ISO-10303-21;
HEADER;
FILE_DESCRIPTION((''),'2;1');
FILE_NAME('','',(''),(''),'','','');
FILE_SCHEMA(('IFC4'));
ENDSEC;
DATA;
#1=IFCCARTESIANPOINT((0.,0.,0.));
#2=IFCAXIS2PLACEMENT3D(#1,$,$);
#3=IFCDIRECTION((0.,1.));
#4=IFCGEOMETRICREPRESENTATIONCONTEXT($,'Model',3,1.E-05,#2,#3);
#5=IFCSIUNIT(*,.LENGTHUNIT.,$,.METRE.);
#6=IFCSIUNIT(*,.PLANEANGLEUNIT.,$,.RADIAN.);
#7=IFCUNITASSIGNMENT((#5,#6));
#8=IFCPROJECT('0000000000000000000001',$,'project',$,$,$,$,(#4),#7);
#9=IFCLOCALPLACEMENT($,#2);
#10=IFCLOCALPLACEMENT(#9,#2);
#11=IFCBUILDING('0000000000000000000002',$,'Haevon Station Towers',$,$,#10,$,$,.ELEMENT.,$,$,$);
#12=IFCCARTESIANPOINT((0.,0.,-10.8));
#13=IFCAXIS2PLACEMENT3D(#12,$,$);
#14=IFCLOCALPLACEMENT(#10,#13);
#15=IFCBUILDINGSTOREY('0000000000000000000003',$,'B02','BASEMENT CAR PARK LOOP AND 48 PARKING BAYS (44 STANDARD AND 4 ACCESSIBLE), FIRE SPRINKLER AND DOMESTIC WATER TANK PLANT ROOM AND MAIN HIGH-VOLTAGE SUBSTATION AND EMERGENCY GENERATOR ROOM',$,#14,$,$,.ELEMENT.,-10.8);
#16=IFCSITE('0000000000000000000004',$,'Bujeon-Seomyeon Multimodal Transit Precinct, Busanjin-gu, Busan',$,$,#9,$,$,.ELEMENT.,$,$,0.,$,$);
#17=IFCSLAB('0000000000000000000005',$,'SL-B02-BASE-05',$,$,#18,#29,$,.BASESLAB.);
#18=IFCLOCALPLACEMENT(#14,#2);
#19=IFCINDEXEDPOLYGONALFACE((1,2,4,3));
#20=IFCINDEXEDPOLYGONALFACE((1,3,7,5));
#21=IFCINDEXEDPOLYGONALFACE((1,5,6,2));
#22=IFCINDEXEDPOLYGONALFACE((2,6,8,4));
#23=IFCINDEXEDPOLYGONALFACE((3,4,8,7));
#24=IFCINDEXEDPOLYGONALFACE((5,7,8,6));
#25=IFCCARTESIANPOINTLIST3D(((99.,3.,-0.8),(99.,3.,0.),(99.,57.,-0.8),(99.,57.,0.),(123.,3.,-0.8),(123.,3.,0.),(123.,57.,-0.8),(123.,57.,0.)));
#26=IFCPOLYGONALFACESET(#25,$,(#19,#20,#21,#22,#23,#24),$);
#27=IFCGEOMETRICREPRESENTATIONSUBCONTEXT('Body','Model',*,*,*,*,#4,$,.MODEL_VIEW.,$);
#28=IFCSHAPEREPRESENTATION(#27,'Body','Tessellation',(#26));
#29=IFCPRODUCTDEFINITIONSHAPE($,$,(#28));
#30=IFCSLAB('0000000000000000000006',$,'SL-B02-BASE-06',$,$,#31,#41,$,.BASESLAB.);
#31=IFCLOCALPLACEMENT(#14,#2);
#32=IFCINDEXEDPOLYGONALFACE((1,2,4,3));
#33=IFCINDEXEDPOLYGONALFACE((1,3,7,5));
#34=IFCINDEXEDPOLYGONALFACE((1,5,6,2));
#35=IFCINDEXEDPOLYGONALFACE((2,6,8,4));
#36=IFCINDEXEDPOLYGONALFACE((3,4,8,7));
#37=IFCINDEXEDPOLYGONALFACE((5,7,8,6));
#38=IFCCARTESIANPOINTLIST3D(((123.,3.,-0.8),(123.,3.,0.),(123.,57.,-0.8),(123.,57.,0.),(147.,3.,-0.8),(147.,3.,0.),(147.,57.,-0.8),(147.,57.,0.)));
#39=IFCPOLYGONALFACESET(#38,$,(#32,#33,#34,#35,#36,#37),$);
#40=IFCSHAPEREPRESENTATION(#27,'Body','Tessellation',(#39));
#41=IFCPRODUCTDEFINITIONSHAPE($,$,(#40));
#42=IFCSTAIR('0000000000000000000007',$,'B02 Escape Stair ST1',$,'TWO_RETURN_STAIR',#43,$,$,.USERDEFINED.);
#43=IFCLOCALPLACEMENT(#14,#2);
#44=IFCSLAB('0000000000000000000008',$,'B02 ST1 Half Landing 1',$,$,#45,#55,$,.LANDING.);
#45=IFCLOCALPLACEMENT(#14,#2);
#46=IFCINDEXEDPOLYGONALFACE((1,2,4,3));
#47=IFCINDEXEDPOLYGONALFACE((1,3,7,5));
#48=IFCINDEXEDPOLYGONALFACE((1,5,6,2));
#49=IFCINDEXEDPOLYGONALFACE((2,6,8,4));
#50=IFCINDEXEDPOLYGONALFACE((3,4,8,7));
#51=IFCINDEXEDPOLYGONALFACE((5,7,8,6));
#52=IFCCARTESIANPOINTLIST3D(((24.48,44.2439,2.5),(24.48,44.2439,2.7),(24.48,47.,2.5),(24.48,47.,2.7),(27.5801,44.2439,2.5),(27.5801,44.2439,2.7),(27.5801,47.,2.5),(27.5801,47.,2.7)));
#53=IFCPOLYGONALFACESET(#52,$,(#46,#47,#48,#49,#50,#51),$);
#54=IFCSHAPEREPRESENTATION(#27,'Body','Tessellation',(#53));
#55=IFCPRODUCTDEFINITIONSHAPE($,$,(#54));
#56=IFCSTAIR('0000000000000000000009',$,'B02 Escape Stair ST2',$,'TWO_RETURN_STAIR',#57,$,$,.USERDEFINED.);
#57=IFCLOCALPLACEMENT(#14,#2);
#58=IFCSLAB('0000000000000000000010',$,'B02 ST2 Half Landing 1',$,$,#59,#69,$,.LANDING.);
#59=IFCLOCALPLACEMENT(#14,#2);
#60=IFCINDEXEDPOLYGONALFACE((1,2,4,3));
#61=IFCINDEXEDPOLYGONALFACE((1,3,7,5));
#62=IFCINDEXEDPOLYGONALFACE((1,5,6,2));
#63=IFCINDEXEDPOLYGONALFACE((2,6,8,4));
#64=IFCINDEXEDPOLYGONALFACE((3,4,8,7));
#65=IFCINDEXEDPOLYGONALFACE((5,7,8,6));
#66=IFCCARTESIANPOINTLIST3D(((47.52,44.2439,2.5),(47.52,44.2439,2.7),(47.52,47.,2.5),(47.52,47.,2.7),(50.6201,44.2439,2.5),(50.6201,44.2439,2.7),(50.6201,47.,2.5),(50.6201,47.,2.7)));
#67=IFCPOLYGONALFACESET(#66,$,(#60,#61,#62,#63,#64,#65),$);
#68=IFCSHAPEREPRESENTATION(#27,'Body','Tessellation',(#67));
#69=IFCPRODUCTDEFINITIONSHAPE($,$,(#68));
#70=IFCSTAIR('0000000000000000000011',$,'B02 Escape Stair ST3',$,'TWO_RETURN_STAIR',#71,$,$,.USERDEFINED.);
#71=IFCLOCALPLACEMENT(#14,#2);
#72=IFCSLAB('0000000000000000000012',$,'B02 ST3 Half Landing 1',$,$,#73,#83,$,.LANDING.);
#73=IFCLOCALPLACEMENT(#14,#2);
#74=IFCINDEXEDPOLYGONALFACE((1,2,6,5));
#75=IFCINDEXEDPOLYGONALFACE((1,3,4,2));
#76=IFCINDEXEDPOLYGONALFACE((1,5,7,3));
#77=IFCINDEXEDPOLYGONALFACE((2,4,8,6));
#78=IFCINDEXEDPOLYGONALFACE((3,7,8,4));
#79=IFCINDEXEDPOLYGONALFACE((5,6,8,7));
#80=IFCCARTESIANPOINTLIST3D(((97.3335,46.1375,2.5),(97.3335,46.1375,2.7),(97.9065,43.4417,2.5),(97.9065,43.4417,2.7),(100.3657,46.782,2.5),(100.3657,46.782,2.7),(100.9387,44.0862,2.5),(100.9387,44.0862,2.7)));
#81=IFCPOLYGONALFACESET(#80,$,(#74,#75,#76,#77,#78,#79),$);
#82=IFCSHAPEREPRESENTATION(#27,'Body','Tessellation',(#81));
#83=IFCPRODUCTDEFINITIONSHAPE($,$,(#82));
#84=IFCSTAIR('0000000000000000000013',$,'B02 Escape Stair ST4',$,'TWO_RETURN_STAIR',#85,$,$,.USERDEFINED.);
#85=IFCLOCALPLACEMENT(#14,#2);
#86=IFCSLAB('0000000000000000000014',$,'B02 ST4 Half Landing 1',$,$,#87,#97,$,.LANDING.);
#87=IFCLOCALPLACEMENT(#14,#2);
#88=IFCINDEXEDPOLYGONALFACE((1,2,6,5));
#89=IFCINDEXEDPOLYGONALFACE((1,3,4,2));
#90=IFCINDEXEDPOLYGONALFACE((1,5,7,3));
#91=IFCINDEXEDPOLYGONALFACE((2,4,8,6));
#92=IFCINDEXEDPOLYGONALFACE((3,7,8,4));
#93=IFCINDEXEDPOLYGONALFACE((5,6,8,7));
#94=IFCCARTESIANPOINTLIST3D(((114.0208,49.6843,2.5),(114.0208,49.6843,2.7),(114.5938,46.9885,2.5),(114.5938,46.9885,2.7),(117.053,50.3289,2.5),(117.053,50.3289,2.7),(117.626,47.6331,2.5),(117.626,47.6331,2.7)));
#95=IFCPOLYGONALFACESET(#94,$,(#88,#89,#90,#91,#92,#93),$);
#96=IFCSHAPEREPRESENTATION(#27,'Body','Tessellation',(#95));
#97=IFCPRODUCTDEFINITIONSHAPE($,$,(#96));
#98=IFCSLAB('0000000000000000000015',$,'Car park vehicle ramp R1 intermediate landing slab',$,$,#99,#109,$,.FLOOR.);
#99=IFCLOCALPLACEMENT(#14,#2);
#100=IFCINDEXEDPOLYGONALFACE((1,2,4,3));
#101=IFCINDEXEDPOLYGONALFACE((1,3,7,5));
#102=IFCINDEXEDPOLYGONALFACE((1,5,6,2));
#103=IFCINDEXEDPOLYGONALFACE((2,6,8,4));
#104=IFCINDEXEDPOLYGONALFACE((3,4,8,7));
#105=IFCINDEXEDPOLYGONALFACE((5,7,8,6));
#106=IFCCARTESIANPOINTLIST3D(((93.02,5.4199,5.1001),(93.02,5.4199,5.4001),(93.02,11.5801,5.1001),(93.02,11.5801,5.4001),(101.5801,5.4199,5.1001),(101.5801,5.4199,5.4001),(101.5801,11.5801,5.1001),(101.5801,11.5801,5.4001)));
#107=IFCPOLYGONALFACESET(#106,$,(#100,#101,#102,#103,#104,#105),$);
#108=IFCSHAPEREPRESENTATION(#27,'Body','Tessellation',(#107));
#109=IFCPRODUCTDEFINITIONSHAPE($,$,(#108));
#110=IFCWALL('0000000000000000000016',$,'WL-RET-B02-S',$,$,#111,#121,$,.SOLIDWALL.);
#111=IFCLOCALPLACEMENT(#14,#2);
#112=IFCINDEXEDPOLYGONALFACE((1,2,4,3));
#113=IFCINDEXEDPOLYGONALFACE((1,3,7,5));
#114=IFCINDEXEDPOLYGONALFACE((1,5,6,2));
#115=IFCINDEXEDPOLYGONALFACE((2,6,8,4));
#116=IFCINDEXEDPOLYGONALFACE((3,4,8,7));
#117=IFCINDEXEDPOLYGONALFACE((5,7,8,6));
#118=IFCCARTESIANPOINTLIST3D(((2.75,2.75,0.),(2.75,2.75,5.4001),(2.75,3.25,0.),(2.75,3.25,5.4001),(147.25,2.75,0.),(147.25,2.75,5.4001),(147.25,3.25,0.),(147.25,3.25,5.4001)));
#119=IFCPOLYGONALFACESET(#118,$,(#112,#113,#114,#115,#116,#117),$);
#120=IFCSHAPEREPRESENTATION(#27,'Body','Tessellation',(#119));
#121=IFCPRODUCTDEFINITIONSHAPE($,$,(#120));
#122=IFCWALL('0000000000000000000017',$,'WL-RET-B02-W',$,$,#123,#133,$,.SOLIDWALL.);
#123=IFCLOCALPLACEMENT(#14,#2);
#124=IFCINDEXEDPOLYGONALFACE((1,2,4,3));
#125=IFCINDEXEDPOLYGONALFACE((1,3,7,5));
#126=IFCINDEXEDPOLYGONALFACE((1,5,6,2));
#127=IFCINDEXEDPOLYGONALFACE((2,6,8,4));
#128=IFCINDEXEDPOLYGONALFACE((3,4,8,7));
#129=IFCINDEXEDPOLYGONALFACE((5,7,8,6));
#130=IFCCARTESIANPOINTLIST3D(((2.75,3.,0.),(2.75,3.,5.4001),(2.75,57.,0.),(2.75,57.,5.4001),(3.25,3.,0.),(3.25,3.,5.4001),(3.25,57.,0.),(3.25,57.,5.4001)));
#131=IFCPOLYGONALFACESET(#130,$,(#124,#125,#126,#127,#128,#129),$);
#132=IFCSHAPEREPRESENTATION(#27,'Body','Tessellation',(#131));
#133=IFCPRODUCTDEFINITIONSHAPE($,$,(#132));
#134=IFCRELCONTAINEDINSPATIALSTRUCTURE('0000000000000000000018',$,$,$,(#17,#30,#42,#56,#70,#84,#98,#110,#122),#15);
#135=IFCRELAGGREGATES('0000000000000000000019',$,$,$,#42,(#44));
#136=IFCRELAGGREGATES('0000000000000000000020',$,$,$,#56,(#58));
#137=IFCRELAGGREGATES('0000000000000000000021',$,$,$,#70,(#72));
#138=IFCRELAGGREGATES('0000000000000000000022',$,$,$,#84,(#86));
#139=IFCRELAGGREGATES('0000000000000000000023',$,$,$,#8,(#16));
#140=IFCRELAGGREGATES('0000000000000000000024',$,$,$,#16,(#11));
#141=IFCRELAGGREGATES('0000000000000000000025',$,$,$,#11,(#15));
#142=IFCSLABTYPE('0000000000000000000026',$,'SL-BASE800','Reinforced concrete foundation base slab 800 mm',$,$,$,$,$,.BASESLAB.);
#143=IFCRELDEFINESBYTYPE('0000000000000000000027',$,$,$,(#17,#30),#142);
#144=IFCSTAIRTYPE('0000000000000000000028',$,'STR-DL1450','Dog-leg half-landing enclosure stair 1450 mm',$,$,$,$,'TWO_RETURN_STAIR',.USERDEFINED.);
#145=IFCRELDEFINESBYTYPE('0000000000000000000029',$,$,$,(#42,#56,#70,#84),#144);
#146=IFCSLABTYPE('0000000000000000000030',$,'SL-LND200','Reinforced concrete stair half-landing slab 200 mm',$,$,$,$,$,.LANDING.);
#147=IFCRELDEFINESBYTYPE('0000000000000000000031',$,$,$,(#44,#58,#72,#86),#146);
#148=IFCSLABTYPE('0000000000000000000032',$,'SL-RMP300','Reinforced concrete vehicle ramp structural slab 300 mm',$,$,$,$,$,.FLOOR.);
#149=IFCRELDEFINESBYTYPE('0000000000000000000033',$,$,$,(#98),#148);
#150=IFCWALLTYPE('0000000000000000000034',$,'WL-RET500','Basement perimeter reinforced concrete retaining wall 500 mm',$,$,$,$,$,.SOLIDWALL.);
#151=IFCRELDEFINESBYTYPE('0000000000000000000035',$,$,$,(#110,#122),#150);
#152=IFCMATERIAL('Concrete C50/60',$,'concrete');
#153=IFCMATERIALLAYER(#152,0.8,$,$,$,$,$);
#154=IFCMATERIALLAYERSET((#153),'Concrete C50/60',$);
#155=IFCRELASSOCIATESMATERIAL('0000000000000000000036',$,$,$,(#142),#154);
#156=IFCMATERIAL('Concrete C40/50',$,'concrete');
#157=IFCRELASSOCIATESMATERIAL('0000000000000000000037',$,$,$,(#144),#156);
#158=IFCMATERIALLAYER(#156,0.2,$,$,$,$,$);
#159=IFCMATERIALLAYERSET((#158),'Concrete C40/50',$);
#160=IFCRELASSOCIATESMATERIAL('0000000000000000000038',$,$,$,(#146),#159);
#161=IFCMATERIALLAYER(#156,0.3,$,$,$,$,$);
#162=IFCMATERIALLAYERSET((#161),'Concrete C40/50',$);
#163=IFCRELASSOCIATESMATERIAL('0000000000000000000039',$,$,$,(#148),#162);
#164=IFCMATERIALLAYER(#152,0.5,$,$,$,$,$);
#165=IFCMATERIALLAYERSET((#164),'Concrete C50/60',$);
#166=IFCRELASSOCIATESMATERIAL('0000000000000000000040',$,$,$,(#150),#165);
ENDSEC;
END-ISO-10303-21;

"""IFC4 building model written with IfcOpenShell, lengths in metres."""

from ifc_helpers import new_model, si_unit, direction, frame, frame_2d, origin, place, context, subcontext, project, spatial, polyline, rectangle, outline, extrude, material, layer, layer_set, type_object, element, aggregate, save


model = new_model("IFC4")

# Units and contexts
model_context = context("Model", 3, precision=1e-05, world=origin(), true_north=direction((0.0, 1.0)))
body_context = subcontext(model_context, "Body", "Model", "MODEL_VIEW")
ifc_project = project(units=[si_unit("LENGTHUNIT", "METRE"), si_unit("PLANEANGLEUNIT", "RADIAN")], contexts=[model_context])

# Site, building, storey
site_placement = place(None, origin())
site = spatial("IfcSite", under=ifc_project, at=site_placement, Name="Bujeon-Seomyeon Multimodal Transit Precinct, Busanjin-gu, Busan", CompositionType="ELEMENT", RefElevation=0.0)
building_placement = place(site_placement, origin())
building = spatial("IfcBuilding", under=site, at=building_placement, Name="Haevon Station Towers", CompositionType="ELEMENT")
storey_placement = place(building_placement, frame((0.0, 0.0, -10.8)))
storey = spatial("IfcBuildingStorey", under=building, at=storey_placement, Name="B02", Description="BASEMENT CAR PARK LOOP AND 48 PARKING BAYS (44 STANDARD AND 4 ACCESSIBLE), FIRE SPRINKLER AND DOMESTIC WATER TANK PLANT ROOM AND MAIN HIGH-VOLTAGE SUBSTATION AND EMERGENCY GENERATOR ROOM", CompositionType="ELEMENT", Elevation=-10.8)

# Shared definitions
ifc_material_1 = material(Name="Concrete C50/60", Category="concrete")

# Slabs
ifc_layer_1 = layer(ifc_material_1, 0.8)
ifc_layer_set_1 = layer_set([ifc_layer_1], Name="Concrete C50/60")
slab_type_1 = type_object("IfcSlabType", Name="SL-BASE800", Description="Reinforced concrete foundation base slab 800 mm", PredefinedType="BASESLAB", material=ifc_layer_set_1)
slab_1_placement = place(storey_placement, frame((0.0, 0.0, -0.8)))
element("IfcSlab", 1, at=slab_1_placement, inside=storey, type_object=slab_type_1, Name="SL-B02-BASE-05", PredefinedType="BASESLAB", context=body_context, shape_type="SweptSolid", body=[
    extrude(outline(polyline([(99.0, 3.0), (123.0, 3.0), (123.0, 57.0), (99.0, 57.0), (99.0, 3.0)])), origin(), (0.0, 0.0, 1.0), 0.8),
])
slab_2_placement = place(storey_placement, frame((0.0, 0.0, -0.8)))
element("IfcSlab", 2, at=slab_2_placement, inside=storey, type_object=slab_type_1, Name="SL-B02-BASE-06", PredefinedType="BASESLAB", context=body_context, shape_type="SweptSolid", body=[
    extrude(outline(polyline([(123.0, 3.0), (147.0, 3.0), (147.0, 57.0), (123.0, 57.0), (123.0, 3.0)])), origin(), (0.0, 0.0, 1.0), 0.8),
])

# Stairs, slabs
ifc_material_2 = material(Name="Concrete C40/50", Category="concrete")
stair_type = type_object("IfcStairType", Name="STR-DL1450", Description="Dog-leg half-landing enclosure stair 1450 mm", ElementType="TWO_RETURN_STAIR", PredefinedType="USERDEFINED", material=ifc_material_2)
stair_1_placement = place(storey_placement, origin())
stair_1 = element("IfcStair", 3, at=stair_1_placement, inside=storey, type_object=stair_type, Name="B02 Escape Stair ST1", ObjectType="TWO_RETURN_STAIR", PredefinedType="USERDEFINED")
ifc_layer_2 = layer(ifc_material_2, 0.2)
ifc_layer_set_2 = layer_set([ifc_layer_2], Name="Concrete C40/50")
slab_type_2 = type_object("IfcSlabType", Name="SL-LND200", Description="Reinforced concrete stair half-landing slab 200 mm", PredefinedType="LANDING", material=ifc_layer_set_2)
slab_3_placement = place(storey_placement, frame((0.0, 0.0, 2.5)))
slab_3 = element("IfcSlab", 4, at=slab_3_placement, type_object=slab_type_2, Name="B02 ST1 Half Landing 1", PredefinedType="LANDING", context=body_context, shape_type="SweptSolid", body=[
    extrude(outline(polyline([(27.5801, 44.2439), (27.5801, 47.0), (24.48, 47.0), (24.48, 44.2439), (27.5801, 44.2439)])), origin(), (0.0, 0.0, 1.0), 0.2),
])
aggregate(stair_1, [slab_3])
stair_2_placement = place(storey_placement, origin())
stair_2 = element("IfcStair", 5, at=stair_2_placement, inside=storey, type_object=stair_type, Name="B02 Escape Stair ST2", ObjectType="TWO_RETURN_STAIR", PredefinedType="USERDEFINED")
slab_4_placement = place(storey_placement, frame((0.0, 0.0, 2.5)))
slab_4 = element("IfcSlab", 6, at=slab_4_placement, type_object=slab_type_2, Name="B02 ST2 Half Landing 1", PredefinedType="LANDING", context=body_context, shape_type="SweptSolid", body=[
    extrude(outline(polyline([(50.6201, 44.2439), (50.6201, 47.0), (47.52, 47.0), (47.52, 44.2439), (50.6201, 44.2439)])), origin(), (0.0, 0.0, 1.0), 0.2),
])
aggregate(stair_2, [slab_4])
stair_3_placement = place(storey_placement, origin())
stair_3 = element("IfcStair", 7, at=stair_3_placement, inside=storey, type_object=stair_type, Name="B02 Escape Stair ST3", ObjectType="TWO_RETURN_STAIR", PredefinedType="USERDEFINED")
slab_5_placement = place(storey_placement, frame((0.0, 0.0, 2.5)))
slab_5 = element("IfcSlab", 8, at=slab_5_placement, type_object=slab_type_2, Name="B02 ST3 Half Landing 1", PredefinedType="LANDING", context=body_context, shape_type="SweptSolid", body=[
    extrude(outline(polyline([(100.9387, 44.0862), (100.3657, 46.782), (97.3335, 46.1375), (97.9065, 43.4417), (100.9387, 44.0862)])), origin(), (0.0, 0.0, 1.0), 0.2),
])
aggregate(stair_3, [slab_5])
stair_4_placement = place(storey_placement, origin())
stair_4 = element("IfcStair", 9, at=stair_4_placement, inside=storey, type_object=stair_type, Name="B02 Escape Stair ST4", ObjectType="TWO_RETURN_STAIR", PredefinedType="USERDEFINED")
slab_6_placement = place(storey_placement, frame((0.0, 0.0, 2.5)))
slab_6 = element("IfcSlab", 10, at=slab_6_placement, type_object=slab_type_2, Name="B02 ST4 Half Landing 1", PredefinedType="LANDING", context=body_context, shape_type="SweptSolid", body=[
    extrude(outline(polyline([(117.626, 47.6331), (117.053, 50.3289), (114.0208, 49.6843), (114.5938, 46.9885), (117.626, 47.6331)])), origin(), (0.0, 0.0, 1.0), 0.2),
])
aggregate(stair_4, [slab_6])

# Slab
ifc_layer_3 = layer(ifc_material_2, 0.3)
ifc_layer_set_3 = layer_set([ifc_layer_3], Name="Concrete C40/50")
slab_type_3 = type_object("IfcSlabType", Name="SL-RMP300", Description="Reinforced concrete vehicle ramp structural slab 300 mm", PredefinedType="FLOOR", material=ifc_layer_set_3)
slab_7_placement = place(storey_placement, frame((0.0, 0.0, 5.1001)))
element("IfcSlab", 11, at=slab_7_placement, inside=storey, type_object=slab_type_3, Name="Car park vehicle ramp R1 intermediate landing slab", PredefinedType="FLOOR", context=body_context, shape_type="SweptSolid", body=[
    extrude(outline(polyline([(93.02, 5.4199), (101.5801, 5.4199), (101.5801, 11.5801), (93.02, 11.5801), (93.02, 5.4199)])), origin(), (0.0, 0.0, 1.0), 0.3),
])

# Walls
ifc_layer_4 = layer(ifc_material_1, 0.5)
ifc_layer_set_4 = layer_set([ifc_layer_4], Name="Concrete C50/60")
wall_type = type_object("IfcWallType", Name="WL-RET500", Description="Basement perimeter reinforced concrete retaining wall 500 mm", PredefinedType="SOLIDWALL", material=ifc_layer_set_4)
wall_1_placement = place(storey_placement, frame((2.75, 3.0, 0.0), z_axis=(0.0, 0.0, 1.0), x_axis=(1.0, 0.0, 0.0)))
element("IfcWall", 12, at=wall_1_placement, inside=storey, type_object=wall_type, Name="WL-RET-B02-S", PredefinedType="SOLIDWALL", context=body_context, shape_type="SweptSolid", body=[
    extrude(rectangle(XDim=144.5, YDim=0.5, at=frame_2d((72.25, 0.0))), origin(), (0.0, 0.0, 1.0), 5.4001),
])
wall_2_placement = place(storey_placement, frame((3.0, 3.0, 0.0), z_axis=(0.0, 0.0, 1.0), x_axis=(0.0, 1.0, 0.0)))
element("IfcWall", 13, at=wall_2_placement, inside=storey, type_object=wall_type, Name="WL-RET-B02-W", PredefinedType="SOLIDWALL", context=body_context, shape_type="SweptSolid", body=[
    extrude(rectangle(XDim=54.0, YDim=0.5, at=frame_2d((27.0, 0.0))), origin(), (0.0, 0.0, 1.0), 5.4001),
])

save(model, "model.ifc")
